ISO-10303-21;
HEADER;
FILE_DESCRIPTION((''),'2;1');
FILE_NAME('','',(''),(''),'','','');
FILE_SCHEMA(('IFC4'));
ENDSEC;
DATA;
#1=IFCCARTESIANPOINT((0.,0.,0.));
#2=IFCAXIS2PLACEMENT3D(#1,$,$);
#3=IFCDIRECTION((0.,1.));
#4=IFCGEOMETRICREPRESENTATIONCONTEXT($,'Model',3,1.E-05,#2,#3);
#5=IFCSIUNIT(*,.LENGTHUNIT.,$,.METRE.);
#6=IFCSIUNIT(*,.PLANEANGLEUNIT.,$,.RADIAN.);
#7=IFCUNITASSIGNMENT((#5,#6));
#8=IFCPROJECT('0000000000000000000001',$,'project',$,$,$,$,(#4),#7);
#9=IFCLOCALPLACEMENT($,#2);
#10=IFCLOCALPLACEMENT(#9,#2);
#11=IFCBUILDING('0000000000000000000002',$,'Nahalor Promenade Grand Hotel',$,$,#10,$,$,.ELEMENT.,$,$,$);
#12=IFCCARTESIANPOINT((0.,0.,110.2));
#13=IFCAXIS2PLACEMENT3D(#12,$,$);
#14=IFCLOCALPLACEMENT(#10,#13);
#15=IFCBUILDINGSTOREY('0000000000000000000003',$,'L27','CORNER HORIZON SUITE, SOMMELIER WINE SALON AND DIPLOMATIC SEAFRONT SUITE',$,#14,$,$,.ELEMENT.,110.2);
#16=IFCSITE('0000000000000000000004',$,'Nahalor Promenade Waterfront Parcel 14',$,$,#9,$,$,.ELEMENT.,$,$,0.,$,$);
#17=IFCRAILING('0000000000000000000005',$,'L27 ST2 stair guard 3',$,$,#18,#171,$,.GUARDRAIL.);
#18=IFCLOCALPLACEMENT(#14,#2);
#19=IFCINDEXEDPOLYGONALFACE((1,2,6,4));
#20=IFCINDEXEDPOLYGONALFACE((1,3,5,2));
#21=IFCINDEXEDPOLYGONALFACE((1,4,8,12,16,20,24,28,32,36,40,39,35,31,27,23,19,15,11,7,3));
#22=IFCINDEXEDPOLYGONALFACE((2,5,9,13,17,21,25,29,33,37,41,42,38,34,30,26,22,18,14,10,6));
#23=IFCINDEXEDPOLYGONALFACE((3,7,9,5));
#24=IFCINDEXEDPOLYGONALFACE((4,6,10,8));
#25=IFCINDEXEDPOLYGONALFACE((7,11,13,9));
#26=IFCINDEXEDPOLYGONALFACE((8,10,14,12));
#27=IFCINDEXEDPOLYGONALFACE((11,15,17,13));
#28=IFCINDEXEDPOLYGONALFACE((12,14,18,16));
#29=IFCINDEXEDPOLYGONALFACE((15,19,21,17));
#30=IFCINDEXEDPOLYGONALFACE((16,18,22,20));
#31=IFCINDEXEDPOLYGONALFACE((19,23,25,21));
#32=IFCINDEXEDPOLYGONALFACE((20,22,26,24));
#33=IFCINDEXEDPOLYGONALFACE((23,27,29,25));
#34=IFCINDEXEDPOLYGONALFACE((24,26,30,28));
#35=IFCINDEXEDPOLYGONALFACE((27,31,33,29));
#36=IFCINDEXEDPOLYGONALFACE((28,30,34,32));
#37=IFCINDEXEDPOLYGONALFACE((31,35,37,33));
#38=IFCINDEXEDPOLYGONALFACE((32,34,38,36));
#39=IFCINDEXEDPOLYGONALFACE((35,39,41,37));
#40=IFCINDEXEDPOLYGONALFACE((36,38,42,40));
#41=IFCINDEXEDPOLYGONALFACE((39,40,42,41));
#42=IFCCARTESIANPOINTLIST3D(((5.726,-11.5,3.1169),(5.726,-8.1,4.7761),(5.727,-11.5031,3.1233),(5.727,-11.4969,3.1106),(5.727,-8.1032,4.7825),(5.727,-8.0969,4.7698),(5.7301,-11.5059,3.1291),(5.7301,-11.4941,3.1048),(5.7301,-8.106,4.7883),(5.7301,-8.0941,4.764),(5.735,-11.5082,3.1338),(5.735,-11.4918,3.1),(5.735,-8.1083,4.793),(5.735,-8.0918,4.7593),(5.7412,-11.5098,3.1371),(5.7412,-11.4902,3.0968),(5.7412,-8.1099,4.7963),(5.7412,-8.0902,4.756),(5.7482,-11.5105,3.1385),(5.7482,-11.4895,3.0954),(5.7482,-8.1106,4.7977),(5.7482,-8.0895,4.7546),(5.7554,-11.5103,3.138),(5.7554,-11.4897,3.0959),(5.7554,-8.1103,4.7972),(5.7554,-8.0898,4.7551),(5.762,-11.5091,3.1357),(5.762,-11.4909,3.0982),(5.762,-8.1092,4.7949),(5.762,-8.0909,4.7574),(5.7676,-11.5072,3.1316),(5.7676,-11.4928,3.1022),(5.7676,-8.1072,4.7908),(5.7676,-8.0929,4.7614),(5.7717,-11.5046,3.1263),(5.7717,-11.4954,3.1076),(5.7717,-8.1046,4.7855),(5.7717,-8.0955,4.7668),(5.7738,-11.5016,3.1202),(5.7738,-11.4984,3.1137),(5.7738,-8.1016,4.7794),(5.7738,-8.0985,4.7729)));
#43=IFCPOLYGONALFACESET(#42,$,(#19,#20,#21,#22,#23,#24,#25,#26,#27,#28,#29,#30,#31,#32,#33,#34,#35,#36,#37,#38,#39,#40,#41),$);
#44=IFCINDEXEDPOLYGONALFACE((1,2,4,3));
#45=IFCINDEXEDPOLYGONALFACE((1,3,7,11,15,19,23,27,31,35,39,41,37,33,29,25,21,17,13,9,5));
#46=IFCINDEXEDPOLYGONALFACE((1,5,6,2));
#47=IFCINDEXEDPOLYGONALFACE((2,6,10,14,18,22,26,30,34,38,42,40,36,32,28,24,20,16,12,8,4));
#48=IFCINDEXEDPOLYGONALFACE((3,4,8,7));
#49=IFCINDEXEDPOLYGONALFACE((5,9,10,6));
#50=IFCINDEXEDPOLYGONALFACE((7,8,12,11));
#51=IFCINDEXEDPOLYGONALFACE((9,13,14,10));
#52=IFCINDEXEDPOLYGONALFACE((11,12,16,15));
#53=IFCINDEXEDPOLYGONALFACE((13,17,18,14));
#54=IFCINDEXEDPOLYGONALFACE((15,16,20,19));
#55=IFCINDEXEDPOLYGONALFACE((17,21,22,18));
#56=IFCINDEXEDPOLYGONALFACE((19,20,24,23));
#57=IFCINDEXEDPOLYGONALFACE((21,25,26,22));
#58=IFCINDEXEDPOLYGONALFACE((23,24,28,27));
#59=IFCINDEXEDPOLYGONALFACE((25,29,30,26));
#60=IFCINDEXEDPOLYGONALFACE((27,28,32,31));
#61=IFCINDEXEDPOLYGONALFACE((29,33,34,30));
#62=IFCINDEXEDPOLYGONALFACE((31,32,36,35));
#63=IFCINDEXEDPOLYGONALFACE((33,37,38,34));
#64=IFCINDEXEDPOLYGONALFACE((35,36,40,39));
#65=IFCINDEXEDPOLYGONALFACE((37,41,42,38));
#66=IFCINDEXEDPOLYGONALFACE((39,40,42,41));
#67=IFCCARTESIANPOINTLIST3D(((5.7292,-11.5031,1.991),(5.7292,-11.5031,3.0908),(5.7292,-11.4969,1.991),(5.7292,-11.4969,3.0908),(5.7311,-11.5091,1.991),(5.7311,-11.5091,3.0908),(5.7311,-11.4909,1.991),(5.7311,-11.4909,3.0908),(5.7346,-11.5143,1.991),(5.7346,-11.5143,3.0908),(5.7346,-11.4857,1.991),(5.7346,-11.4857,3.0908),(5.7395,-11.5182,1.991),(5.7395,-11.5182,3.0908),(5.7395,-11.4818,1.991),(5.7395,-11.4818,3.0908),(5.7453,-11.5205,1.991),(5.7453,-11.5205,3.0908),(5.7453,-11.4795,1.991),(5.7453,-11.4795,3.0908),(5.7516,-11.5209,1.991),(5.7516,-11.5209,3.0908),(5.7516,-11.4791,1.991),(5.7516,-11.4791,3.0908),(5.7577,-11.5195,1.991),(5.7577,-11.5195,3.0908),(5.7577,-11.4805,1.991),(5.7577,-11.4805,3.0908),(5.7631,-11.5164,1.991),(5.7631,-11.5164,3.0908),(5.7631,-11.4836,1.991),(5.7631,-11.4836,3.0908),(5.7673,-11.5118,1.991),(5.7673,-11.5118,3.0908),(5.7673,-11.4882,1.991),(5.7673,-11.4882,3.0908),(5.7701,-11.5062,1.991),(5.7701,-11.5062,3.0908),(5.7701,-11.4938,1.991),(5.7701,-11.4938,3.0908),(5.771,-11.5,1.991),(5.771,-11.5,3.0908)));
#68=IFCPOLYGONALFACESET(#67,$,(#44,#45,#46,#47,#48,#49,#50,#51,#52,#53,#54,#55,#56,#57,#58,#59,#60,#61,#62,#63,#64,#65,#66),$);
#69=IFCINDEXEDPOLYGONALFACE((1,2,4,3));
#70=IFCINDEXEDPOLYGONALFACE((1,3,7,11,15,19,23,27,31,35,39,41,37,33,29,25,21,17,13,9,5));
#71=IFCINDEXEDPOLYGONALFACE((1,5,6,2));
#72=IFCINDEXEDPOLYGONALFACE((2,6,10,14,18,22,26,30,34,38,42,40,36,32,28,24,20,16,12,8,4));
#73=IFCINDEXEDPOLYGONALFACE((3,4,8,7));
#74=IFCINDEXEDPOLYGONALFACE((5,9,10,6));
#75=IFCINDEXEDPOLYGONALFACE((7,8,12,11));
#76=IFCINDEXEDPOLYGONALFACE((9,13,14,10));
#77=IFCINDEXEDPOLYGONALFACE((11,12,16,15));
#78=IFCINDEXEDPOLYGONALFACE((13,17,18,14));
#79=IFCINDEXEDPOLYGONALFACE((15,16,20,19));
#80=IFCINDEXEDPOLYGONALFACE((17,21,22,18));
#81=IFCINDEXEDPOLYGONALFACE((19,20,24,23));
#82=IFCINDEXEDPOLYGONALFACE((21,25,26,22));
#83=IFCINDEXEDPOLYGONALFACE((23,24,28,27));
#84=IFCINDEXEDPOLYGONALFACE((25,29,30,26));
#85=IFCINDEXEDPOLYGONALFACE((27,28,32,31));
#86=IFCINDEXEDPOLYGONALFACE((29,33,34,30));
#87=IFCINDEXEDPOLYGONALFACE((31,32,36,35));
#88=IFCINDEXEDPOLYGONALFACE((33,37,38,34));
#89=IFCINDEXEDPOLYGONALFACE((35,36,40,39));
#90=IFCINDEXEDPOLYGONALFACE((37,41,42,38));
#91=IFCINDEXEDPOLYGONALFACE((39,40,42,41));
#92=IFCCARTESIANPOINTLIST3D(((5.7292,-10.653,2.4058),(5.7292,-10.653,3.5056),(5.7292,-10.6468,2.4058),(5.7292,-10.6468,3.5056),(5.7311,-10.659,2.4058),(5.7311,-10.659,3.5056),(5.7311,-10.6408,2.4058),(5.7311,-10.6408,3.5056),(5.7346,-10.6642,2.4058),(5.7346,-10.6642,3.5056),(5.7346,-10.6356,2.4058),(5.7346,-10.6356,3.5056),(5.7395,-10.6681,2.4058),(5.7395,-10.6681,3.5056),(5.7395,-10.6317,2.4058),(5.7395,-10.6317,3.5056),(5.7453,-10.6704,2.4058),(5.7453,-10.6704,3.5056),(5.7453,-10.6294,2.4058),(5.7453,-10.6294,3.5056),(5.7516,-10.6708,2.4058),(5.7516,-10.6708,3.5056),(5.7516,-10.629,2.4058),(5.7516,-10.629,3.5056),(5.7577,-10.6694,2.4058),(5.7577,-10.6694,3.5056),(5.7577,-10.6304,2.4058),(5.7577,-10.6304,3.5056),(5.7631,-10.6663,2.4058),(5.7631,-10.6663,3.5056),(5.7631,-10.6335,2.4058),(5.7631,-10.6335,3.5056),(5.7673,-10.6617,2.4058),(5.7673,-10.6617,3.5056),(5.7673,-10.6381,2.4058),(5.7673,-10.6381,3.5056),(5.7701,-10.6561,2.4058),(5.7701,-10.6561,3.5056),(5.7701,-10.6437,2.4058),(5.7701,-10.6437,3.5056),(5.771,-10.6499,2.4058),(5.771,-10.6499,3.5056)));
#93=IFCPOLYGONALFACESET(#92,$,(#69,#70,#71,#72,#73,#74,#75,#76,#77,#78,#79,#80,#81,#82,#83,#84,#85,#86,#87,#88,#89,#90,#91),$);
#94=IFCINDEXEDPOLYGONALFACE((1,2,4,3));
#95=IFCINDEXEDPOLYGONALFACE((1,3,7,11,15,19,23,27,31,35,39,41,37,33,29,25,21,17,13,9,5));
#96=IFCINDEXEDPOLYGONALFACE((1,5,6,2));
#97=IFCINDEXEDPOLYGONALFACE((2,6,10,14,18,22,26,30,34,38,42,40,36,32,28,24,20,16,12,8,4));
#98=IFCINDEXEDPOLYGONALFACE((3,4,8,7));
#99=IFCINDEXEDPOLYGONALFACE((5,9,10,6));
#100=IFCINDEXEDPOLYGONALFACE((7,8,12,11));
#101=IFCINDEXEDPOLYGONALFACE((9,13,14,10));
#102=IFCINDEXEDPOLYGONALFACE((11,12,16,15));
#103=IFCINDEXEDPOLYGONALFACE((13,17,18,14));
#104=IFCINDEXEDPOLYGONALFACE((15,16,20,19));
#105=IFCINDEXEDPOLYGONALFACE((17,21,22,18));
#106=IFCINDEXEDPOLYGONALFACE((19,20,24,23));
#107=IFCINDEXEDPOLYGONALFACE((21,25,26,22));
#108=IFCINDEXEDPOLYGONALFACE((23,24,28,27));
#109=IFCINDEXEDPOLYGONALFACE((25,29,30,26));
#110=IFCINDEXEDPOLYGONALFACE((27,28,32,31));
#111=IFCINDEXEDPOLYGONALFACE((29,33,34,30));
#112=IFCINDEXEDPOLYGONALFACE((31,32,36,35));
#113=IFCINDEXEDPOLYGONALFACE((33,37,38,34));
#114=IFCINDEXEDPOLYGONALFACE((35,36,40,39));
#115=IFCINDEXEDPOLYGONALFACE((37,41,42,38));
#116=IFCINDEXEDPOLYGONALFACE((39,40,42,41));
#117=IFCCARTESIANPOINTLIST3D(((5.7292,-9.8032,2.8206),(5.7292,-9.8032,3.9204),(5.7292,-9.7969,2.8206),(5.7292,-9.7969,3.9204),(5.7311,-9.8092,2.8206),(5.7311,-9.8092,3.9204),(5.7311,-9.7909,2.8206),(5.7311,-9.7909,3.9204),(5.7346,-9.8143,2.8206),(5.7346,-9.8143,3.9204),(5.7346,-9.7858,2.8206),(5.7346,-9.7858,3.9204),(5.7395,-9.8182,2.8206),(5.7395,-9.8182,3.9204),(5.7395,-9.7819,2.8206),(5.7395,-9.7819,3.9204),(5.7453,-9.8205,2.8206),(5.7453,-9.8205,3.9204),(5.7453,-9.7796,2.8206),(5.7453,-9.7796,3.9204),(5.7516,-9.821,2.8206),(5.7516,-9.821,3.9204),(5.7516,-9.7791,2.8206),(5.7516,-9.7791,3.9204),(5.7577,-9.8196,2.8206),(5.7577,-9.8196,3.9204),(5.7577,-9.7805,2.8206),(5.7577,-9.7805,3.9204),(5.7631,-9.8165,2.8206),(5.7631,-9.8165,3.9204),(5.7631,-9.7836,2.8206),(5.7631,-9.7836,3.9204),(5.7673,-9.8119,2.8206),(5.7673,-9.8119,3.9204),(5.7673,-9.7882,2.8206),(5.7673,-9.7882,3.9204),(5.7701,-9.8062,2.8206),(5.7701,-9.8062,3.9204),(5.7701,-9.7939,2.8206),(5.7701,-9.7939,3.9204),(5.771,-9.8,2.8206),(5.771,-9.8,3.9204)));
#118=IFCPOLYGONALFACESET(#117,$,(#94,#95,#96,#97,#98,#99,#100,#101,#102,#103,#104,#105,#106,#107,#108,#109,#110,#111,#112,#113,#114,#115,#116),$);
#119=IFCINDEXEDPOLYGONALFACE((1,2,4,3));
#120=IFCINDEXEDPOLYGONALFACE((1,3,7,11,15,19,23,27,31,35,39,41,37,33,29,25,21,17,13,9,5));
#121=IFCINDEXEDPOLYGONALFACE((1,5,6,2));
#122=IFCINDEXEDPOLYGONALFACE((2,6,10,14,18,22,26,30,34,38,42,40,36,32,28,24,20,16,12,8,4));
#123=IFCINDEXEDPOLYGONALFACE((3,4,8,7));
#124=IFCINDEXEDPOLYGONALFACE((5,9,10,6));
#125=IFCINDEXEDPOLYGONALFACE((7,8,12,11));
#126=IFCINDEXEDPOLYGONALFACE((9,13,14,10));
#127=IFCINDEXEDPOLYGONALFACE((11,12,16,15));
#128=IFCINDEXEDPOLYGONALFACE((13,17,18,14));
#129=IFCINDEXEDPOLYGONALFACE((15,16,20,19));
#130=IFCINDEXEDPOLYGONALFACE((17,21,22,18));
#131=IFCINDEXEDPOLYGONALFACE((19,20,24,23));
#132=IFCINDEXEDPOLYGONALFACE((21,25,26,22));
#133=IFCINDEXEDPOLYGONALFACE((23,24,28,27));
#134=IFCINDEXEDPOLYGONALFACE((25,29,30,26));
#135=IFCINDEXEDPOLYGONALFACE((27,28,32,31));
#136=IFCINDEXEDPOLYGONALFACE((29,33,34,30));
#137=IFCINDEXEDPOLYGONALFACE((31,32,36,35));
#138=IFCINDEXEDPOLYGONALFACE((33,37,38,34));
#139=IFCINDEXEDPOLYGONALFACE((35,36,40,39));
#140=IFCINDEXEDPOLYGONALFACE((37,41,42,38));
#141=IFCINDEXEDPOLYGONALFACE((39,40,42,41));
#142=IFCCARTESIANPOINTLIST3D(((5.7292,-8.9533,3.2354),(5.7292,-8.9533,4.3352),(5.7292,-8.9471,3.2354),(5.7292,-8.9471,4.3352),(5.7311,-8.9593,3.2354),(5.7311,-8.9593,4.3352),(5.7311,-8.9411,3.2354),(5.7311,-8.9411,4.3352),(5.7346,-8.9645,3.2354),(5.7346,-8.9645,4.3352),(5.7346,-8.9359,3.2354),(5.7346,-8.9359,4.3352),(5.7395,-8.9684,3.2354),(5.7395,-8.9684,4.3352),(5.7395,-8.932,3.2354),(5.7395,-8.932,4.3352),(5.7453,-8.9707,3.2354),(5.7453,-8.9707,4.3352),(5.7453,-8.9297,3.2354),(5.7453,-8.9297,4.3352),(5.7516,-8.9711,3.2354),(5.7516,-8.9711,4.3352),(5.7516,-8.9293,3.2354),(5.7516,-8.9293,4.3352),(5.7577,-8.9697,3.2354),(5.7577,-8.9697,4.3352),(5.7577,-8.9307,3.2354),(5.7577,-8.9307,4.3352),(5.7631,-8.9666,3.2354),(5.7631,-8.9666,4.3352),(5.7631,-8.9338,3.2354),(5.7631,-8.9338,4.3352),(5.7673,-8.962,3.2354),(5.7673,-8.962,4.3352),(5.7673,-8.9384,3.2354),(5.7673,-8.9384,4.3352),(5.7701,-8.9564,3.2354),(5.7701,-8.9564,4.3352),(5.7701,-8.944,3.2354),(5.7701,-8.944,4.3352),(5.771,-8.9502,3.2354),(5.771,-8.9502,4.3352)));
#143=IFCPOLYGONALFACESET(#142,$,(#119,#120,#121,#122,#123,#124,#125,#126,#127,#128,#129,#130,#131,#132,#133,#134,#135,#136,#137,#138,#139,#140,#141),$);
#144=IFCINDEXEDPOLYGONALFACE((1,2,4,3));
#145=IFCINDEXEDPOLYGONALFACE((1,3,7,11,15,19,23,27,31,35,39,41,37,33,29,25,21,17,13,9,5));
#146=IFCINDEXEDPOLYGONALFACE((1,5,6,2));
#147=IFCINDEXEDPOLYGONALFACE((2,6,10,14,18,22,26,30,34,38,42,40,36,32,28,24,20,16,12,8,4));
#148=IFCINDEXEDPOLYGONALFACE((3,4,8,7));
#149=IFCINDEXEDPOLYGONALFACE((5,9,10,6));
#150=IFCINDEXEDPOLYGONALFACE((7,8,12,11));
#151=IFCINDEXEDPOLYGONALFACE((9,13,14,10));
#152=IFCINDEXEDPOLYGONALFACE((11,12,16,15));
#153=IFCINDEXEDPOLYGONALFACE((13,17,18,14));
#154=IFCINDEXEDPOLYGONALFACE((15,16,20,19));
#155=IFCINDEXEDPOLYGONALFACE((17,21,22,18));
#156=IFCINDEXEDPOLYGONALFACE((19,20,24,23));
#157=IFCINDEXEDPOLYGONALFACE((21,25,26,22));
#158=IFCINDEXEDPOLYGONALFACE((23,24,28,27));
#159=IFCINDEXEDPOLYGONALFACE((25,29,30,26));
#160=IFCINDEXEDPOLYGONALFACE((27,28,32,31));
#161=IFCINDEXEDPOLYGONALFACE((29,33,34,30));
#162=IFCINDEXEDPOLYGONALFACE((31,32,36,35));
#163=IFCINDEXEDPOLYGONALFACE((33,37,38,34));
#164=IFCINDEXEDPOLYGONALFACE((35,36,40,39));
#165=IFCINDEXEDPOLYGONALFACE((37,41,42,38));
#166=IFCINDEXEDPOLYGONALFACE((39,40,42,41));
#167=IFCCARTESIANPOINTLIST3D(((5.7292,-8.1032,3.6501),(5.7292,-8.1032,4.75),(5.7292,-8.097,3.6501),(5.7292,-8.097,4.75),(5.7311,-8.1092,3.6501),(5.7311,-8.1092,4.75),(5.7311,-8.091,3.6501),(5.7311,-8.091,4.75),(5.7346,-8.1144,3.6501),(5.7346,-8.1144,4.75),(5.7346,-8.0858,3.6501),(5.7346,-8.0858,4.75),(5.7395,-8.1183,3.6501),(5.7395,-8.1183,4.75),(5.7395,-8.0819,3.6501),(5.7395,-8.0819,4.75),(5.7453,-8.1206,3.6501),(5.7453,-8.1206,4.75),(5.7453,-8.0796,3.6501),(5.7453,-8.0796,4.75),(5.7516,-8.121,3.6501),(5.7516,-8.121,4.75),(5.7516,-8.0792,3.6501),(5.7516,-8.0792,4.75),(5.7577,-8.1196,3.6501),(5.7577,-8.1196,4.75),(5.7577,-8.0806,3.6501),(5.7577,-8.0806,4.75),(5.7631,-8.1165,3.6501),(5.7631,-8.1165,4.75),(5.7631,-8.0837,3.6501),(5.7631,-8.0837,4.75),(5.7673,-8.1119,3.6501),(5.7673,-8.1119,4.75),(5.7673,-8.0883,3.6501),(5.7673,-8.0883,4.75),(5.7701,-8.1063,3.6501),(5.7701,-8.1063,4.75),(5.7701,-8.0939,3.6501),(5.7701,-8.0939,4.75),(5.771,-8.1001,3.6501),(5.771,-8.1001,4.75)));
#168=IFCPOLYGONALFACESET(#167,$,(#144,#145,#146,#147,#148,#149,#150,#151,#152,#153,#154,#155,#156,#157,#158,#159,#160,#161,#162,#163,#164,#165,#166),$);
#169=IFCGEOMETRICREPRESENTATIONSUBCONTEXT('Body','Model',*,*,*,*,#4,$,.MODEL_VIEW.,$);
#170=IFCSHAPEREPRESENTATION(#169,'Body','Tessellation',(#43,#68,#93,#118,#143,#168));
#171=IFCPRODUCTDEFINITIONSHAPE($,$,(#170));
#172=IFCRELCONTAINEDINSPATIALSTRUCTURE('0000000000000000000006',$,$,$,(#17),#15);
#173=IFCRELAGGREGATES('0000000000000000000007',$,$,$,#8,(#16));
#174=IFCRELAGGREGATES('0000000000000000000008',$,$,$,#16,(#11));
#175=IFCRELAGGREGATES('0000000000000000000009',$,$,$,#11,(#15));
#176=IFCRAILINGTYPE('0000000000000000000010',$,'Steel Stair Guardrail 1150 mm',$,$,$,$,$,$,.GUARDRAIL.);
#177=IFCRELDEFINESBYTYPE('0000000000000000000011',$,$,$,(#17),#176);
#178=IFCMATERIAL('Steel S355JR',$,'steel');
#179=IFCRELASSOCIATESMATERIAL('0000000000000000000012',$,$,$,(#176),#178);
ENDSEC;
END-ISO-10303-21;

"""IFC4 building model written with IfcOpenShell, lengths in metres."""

from ifc_helpers import new_model, si_unit, direction, frame, origin, origin_2d, place, context, subcontext, project, spatial, circle, extrude, material, type_object, element, save


model = new_model("IFC4")

# Units and contexts
model_context = context("Model", 3, precision=1e-05, world=origin(), true_north=direction((0.0, 1.0)))
body_context = subcontext(model_context, "Body", "Model", "MODEL_VIEW")
ifc_project = project(units=[si_unit("LENGTHUNIT", "METRE"), si_unit("PLANEANGLEUNIT", "RADIAN")], contexts=[model_context])

# Site, building, storey
site_placement = place(None, origin())
site = spatial("IfcSite", under=ifc_project, at=site_placement, Name="Nahalor Promenade Waterfront Parcel 14", CompositionType="ELEMENT", RefElevation=0.0)
building_placement = place(site_placement, origin())
building = spatial("IfcBuilding", under=site, at=building_placement, Name="Nahalor Promenade Grand Hotel", CompositionType="ELEMENT")
storey_placement = place(building_placement, frame((0.0, 0.0, 110.2)))
storey = spatial("IfcBuildingStorey", under=building, at=storey_placement, Name="L27", Description="CORNER HORIZON SUITE, SOMMELIER WINE SALON AND DIPLOMATIC SEAFRONT SUITE", CompositionType="ELEMENT", Elevation=110.2)

# Shared definitions
ifc_material_1 = material(Name="Steel S355JR", Category="steel")

# Railing
railing_type_1 = type_object("IfcRailingType", Name="Steel Stair Guardrail 1150 mm", PredefinedType="GUARDRAIL", material=ifc_material_1)
railing_1_placement = place(storey_placement, frame((5.75, -11.5, 1.991)))
element("IfcRailing", 1, at=railing_1_placement, inside=storey, type_object=railing_type_1, Name="L27 ST2 stair guard 3", PredefinedType="GUARDRAIL", context=body_context, shape_type="SweptSolid", body=[
    extrude(circle(Radius=0.024, at=origin_2d()), frame((0.0, 0.0, 1.126), z_axis=(0.0, 0.898696, 0.438571), x_axis=(-1.0, 0.0, 0.0)), (0.0, 0.0, 1.0), 3.7832),
    extrude(circle(Radius=0.021, at=origin_2d()), origin(), (0.0, 0.0, 1.0), 1.0999),
    extrude(circle(Radius=0.021, at=origin_2d()), frame((0.0, 0.8501, 0.4148)), (0.0, 0.0, 1.0), 1.0999),
    extrude(circle(Radius=0.021, at=origin_2d()), frame((0.0, 1.7, 0.8296)), (0.0, 0.0, 1.0), 1.0999),
    extrude(circle(Radius=0.021, at=origin_2d()), frame((0.0, 2.5498, 1.2444)), (0.0, 0.0, 1.0), 1.0999),
    extrude(circle(Radius=0.021, at=origin_2d()), frame((0.0, 3.3999, 1.6592)), (0.0, 0.0, 1.0), 1.0999),
])

save(model, "model.ifc")
